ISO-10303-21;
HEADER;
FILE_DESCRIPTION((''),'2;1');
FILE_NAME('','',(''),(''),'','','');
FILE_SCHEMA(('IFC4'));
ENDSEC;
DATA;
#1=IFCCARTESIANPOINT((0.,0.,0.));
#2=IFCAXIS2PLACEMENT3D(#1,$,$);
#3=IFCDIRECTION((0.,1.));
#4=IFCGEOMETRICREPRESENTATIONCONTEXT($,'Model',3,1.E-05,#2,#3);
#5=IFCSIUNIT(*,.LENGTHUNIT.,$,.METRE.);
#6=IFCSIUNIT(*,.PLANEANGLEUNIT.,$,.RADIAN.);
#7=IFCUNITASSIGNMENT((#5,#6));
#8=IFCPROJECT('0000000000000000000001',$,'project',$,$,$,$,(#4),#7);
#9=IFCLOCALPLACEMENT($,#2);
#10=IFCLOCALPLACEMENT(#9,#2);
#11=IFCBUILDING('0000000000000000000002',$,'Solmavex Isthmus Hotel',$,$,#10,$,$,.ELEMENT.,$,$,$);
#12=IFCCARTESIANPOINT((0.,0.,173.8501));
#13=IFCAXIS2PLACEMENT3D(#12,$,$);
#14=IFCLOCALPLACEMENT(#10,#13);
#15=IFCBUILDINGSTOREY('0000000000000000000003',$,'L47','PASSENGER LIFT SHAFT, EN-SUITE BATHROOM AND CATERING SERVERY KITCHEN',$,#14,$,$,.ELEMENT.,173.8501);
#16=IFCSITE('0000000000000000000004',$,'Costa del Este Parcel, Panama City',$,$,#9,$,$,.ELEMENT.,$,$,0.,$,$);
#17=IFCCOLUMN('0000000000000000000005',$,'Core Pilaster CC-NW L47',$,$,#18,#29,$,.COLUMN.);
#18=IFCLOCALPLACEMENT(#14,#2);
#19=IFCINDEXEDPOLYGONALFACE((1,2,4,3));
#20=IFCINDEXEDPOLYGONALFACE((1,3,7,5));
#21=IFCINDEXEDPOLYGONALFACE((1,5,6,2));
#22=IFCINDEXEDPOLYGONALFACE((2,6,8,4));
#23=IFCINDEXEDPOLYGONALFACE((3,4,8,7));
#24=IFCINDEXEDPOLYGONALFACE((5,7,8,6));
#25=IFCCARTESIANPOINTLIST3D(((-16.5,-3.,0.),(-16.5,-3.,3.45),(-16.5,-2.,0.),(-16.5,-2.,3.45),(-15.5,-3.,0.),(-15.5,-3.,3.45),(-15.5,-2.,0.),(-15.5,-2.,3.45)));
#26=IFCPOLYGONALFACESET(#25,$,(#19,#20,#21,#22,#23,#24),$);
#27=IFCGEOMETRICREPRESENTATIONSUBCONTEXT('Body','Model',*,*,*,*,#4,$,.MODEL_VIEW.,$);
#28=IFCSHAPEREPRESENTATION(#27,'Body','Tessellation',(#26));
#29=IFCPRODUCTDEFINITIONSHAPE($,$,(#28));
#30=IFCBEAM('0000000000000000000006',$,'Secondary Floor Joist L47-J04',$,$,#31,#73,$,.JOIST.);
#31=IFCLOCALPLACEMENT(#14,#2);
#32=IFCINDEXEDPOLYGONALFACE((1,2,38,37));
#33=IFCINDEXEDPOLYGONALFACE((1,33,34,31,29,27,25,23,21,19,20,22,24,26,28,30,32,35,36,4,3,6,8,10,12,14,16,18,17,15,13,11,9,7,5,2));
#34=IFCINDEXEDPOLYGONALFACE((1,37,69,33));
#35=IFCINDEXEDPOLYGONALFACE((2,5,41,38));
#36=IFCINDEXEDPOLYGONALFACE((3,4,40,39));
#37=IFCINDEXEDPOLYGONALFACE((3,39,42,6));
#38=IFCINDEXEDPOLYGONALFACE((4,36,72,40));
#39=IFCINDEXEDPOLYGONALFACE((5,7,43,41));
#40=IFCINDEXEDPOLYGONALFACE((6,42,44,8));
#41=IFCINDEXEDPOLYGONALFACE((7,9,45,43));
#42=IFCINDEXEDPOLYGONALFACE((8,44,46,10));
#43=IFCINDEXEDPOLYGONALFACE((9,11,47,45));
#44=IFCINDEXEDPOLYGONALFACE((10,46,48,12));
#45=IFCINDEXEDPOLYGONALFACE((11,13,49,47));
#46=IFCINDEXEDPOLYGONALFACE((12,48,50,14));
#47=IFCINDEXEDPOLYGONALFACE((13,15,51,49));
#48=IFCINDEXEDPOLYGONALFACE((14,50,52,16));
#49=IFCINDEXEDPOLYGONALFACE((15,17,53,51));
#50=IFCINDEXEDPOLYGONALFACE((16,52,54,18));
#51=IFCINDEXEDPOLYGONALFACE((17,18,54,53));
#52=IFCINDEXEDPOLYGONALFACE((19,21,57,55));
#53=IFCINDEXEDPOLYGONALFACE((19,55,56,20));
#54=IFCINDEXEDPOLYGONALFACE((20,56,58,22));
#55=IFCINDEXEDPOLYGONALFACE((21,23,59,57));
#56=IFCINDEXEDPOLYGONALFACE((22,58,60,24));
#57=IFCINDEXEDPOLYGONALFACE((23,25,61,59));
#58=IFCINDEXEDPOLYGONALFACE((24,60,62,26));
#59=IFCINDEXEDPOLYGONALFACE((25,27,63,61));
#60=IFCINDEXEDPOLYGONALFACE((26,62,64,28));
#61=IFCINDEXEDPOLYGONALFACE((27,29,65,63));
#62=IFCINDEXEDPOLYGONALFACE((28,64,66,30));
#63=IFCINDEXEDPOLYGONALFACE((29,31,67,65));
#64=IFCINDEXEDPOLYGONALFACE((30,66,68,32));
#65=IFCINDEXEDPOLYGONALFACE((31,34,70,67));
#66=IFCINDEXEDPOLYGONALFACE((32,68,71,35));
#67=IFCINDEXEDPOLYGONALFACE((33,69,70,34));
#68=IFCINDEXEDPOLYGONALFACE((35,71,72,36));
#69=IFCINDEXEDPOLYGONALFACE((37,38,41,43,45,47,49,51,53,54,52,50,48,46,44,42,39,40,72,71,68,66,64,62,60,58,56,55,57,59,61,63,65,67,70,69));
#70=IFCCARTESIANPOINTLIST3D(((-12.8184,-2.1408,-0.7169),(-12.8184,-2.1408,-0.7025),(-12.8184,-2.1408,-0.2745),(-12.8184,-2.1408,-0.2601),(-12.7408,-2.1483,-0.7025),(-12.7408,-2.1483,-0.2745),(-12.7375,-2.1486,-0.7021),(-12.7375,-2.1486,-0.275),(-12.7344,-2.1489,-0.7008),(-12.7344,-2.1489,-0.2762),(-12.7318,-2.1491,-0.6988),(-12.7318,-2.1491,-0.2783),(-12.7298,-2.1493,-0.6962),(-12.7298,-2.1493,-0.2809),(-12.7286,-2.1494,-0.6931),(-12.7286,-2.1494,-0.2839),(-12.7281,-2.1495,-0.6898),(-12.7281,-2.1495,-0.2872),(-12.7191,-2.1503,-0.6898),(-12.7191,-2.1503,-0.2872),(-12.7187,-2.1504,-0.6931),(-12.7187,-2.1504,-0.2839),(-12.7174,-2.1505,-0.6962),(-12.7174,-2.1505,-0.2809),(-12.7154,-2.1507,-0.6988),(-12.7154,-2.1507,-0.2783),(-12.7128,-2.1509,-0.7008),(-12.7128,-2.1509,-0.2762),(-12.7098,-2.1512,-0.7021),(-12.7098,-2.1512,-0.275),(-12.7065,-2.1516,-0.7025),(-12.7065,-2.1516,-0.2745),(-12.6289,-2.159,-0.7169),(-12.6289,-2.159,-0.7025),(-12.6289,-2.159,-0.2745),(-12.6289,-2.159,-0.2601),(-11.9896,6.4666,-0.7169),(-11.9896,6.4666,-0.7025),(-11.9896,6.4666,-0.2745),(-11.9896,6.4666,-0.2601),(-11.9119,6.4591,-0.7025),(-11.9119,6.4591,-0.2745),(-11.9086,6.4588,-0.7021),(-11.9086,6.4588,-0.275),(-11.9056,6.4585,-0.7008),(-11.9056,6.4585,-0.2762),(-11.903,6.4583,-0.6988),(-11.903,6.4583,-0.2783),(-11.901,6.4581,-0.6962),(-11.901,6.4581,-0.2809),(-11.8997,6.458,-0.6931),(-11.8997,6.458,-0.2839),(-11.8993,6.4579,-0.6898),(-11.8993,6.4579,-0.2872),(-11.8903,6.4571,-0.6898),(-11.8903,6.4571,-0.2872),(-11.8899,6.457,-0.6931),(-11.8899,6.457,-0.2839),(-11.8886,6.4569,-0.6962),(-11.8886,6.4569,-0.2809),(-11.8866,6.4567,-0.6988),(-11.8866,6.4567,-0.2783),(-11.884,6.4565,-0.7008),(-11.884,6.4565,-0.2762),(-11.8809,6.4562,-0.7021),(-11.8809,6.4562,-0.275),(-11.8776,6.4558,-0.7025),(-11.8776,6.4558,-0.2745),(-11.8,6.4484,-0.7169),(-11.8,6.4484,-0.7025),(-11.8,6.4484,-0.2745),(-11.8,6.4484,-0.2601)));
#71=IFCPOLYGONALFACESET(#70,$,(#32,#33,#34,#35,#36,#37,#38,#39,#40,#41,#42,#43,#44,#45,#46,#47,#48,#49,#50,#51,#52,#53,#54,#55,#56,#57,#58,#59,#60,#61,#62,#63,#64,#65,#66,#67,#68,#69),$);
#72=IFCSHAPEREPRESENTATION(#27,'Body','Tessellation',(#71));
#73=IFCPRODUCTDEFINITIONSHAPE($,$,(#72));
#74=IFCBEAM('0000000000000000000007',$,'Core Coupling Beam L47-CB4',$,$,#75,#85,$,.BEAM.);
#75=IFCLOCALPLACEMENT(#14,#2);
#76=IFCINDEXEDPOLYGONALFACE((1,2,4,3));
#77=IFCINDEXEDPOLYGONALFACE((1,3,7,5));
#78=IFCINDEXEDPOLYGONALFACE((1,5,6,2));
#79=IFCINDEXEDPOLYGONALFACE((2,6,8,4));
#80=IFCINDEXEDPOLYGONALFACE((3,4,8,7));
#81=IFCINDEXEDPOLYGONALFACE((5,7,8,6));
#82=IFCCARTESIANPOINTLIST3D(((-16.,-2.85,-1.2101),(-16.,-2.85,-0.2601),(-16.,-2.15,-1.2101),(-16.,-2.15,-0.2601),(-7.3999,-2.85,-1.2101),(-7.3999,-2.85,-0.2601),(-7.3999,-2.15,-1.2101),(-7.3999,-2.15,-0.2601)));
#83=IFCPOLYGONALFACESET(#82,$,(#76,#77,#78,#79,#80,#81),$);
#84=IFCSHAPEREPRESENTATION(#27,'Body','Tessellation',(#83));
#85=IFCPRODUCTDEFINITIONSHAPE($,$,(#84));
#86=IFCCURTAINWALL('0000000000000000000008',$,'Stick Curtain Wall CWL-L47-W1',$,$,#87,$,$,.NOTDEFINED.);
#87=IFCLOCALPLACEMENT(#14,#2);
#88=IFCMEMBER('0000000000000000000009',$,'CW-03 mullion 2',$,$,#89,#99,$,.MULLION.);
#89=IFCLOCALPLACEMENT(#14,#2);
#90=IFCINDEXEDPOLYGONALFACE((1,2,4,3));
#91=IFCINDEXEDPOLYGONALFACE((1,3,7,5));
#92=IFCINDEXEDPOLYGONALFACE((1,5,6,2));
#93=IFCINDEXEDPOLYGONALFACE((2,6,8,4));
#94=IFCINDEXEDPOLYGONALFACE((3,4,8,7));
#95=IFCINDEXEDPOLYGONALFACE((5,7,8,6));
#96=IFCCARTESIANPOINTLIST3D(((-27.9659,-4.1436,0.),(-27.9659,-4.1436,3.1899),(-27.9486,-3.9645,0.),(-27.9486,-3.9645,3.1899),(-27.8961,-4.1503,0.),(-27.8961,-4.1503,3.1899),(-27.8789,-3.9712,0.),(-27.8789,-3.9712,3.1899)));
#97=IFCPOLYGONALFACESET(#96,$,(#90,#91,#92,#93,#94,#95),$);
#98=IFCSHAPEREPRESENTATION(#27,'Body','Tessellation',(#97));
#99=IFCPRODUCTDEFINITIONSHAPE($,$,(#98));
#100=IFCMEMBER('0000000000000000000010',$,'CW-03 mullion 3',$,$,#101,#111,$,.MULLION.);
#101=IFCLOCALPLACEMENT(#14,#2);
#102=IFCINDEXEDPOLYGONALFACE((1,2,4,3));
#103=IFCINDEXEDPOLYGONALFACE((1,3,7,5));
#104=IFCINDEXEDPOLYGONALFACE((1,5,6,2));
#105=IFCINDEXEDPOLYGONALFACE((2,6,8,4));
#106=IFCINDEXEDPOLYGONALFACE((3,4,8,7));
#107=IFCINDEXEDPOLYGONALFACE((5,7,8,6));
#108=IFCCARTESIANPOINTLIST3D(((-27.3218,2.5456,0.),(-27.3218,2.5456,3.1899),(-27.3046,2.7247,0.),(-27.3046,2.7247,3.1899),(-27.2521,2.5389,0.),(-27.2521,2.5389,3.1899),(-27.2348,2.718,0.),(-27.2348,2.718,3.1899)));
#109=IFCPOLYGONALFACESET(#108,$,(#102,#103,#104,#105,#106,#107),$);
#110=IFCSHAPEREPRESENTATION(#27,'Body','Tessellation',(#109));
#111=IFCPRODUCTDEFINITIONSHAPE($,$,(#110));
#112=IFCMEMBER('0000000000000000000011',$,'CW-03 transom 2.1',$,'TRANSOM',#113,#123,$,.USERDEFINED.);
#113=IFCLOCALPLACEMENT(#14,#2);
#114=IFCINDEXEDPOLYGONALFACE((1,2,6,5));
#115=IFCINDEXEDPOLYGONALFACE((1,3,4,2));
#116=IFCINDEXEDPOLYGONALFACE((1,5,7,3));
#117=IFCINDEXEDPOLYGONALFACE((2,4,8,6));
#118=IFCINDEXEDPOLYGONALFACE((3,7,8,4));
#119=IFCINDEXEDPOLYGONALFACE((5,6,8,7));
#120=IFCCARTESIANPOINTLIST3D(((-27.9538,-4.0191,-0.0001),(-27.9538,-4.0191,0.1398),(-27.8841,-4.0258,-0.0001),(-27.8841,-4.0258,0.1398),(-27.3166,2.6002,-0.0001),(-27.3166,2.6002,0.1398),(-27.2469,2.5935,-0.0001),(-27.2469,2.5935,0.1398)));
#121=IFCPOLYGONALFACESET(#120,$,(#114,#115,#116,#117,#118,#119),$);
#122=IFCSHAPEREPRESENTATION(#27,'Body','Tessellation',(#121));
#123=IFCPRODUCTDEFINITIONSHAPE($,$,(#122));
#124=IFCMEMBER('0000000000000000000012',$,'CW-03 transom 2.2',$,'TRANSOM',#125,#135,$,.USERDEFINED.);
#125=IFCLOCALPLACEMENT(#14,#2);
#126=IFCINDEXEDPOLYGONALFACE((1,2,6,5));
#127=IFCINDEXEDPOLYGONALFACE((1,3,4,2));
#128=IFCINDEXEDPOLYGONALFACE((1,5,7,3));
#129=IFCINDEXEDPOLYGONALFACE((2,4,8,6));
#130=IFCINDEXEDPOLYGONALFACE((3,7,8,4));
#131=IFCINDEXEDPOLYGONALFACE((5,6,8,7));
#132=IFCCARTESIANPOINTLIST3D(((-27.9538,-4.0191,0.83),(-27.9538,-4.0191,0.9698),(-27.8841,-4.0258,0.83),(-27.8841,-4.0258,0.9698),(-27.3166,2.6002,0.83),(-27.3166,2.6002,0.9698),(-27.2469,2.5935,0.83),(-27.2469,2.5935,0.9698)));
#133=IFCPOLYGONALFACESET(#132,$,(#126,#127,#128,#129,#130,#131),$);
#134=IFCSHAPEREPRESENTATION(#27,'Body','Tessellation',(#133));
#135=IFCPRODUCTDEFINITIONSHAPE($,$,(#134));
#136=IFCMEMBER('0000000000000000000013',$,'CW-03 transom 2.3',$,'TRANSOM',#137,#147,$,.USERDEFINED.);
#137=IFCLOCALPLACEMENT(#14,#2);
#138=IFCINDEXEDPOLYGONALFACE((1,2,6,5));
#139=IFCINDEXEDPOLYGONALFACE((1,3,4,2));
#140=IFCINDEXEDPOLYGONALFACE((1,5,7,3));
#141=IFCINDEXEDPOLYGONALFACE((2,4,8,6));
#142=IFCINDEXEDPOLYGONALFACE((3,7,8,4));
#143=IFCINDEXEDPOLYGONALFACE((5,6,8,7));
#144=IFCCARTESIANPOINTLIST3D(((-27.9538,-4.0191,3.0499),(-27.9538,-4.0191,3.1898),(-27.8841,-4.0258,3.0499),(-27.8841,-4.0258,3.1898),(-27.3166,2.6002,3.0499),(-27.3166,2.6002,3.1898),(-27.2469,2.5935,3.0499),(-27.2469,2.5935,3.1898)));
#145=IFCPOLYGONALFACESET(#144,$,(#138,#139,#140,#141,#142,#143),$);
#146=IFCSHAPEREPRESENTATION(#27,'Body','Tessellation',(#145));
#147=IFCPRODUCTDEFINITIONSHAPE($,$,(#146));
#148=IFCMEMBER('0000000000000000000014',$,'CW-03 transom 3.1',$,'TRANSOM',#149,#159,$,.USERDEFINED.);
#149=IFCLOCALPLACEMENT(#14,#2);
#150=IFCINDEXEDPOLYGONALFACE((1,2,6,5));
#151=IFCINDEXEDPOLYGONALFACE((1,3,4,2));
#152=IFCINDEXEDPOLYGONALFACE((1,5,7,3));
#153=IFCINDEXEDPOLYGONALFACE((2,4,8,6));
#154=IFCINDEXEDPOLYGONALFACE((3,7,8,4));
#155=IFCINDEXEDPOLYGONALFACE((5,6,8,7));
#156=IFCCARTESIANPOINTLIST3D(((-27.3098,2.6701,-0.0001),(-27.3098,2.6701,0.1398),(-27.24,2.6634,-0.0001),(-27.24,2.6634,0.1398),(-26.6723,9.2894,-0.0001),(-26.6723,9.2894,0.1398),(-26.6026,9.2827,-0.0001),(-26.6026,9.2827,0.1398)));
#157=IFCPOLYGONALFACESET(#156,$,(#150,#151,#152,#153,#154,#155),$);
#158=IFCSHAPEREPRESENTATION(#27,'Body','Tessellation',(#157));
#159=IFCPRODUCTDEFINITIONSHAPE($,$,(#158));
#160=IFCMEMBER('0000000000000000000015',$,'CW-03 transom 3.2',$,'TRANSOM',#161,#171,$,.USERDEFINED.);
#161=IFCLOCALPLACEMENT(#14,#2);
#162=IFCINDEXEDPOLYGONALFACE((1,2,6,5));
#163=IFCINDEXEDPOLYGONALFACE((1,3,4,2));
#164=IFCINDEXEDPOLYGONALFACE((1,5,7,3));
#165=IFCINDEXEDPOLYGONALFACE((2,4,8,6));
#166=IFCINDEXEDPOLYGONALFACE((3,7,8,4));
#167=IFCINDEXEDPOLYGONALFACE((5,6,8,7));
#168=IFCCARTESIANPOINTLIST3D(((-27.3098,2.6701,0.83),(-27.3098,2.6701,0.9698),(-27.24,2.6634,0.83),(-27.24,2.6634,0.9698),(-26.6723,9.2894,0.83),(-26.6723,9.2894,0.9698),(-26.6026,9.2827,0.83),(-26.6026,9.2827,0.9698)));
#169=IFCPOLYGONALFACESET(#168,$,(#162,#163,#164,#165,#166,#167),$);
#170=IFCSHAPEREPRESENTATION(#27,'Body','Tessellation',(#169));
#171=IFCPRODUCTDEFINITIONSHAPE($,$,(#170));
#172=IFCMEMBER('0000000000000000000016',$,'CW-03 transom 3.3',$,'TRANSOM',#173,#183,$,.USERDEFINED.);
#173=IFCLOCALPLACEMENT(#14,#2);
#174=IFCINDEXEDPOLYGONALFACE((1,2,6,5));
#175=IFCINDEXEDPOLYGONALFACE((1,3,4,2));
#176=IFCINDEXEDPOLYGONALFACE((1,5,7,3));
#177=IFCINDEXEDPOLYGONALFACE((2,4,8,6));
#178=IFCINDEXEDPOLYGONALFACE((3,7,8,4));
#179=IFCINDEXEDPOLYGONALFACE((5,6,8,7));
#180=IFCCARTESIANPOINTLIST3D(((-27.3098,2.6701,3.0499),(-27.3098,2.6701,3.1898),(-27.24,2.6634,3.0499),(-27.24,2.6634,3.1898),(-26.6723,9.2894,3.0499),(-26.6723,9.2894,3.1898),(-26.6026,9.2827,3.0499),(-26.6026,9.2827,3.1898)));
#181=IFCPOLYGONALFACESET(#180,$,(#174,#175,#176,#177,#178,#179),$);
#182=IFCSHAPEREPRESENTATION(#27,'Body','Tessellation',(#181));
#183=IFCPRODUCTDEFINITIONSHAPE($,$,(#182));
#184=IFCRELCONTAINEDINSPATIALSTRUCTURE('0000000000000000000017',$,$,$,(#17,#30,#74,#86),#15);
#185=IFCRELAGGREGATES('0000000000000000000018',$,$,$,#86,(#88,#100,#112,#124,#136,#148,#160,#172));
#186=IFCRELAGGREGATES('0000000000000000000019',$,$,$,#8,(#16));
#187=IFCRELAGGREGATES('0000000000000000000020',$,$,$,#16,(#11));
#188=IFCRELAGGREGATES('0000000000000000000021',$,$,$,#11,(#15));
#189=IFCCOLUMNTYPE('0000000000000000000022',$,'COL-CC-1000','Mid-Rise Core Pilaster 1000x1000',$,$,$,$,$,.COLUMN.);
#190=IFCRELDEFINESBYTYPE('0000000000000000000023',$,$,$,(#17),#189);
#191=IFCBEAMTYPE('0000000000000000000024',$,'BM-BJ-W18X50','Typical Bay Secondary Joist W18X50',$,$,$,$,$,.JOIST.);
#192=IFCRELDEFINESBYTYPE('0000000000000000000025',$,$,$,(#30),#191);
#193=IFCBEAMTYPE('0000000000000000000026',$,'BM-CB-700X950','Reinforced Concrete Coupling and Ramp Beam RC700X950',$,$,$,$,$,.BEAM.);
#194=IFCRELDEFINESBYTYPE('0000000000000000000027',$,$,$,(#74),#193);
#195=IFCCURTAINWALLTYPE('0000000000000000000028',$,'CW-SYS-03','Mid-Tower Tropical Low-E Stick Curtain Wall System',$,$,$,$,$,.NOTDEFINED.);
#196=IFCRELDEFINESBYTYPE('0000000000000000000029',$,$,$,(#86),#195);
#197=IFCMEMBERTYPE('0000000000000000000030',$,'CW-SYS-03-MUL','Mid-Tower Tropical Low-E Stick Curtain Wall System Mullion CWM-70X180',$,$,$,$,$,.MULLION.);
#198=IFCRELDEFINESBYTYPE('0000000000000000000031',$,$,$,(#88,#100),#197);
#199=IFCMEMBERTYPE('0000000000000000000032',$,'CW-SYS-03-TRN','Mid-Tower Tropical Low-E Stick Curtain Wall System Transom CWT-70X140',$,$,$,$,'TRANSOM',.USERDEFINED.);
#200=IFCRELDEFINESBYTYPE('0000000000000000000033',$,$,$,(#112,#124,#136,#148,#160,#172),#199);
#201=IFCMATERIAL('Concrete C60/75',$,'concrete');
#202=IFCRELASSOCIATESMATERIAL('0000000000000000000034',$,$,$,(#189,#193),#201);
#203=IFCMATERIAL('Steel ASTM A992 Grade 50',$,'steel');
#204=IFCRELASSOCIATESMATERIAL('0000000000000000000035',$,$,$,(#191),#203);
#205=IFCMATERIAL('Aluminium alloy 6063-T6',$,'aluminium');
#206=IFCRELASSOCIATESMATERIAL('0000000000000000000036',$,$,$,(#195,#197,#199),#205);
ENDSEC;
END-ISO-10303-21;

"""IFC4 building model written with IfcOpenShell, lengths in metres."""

from ifc_helpers import new_model, si_unit, direction, frame, origin, origin_2d, place, context, subcontext, project, spatial, rectangle, i_section, extrude, material, material_profile, profile_set, type_object, element, aggregate, save


model = new_model("IFC4")

# Units and contexts
model_context = context("Model", 3, precision=1e-05, world=origin(), true_north=direction((0.0, 1.0)))
body_context = subcontext(model_context, "Body", "Model", "MODEL_VIEW")
ifc_project = project(units=[si_unit("LENGTHUNIT", "METRE"), si_unit("PLANEANGLEUNIT", "RADIAN")], contexts=[model_context])

# Site, building, storey
site_placement = place(None, origin())
site = spatial("IfcSite", under=ifc_project, at=site_placement, Name="Costa del Este Parcel, Panama City", CompositionType="ELEMENT", RefElevation=0.0)
building_placement = place(site_placement, origin())
building = spatial("IfcBuilding", under=site, at=building_placement, Name="Solmavex Isthmus Hotel", CompositionType="ELEMENT")
storey_placement = place(building_placement, frame((0.0, 0.0, 173.8501)))
storey = spatial("IfcBuildingStorey", under=building, at=storey_placement, Name="L47", Description="PASSENGER LIFT SHAFT, EN-SUITE BATHROOM AND CATERING SERVERY KITCHEN", CompositionType="ELEMENT", Elevation=173.8501)

# Column
ifc_material_1 = material(Name="Concrete C60/75", Category="concrete")
ifc_material_profile_1 = material_profile(ifc_material_1, rectangle(XDim=1.0, YDim=1.0, at=origin_2d()), Name="RC1000X1000")
ifc_profile_set_1 = profile_set([ifc_material_profile_1], Name="Concrete C60/75")
column_type = type_object("IfcColumnType", Name="COL-CC-1000", Description="Mid-Rise Core Pilaster 1000x1000", PredefinedType="COLUMN", material=ifc_profile_set_1)
column_placement = place(storey_placement, frame((-16.0, -2.5, 0.0), z_axis=(0.0, 0.0, 1.0), x_axis=(1.0, 0.0, 0.0)))
element("IfcColumn", 1, at=column_placement, inside=storey, type_object=column_type, Name="Core Pilaster CC-NW L47", PredefinedType="COLUMN", context=body_context, shape_type="SweptSolid", body=[
    extrude(rectangle(XDim=1.0, YDim=1.0, at=origin_2d()), origin(), (0.0, 0.0, 1.0), 3.45),
])

# Beams
ifc_material_2 = material(Name="Steel ASTM A992 Grade 50", Category="steel")
ifc_material_profile_2 = material_profile(ifc_material_2, i_section(OverallWidth=0.1904, OverallDepth=0.4568, WebThickness=0.009, FlangeThickness=0.0144, FilletRadius=0.0127, at=origin_2d()), Name="W18X50")
ifc_profile_set_2 = profile_set([ifc_material_profile_2], Name="Steel ASTM A992 Grade 50")
beam_type_1 = type_object("IfcBeamType", Name="BM-BJ-W18X50", Description="Typical Bay Secondary Joist W18X50", PredefinedType="JOIST", material=ifc_profile_set_2)
beam_1_placement = place(storey_placement, frame((-12.7236, -2.1499, -0.4885), z_axis=(0.095852, 0.995396, 0.0), x_axis=(-0.995396, 0.095852, 0.0)))
element("IfcBeam", 2, at=beam_1_placement, inside=storey, type_object=beam_type_1, Name="Secondary Floor Joist L47-J04", PredefinedType="JOIST", context=body_context, shape_type="SweptSolid", body=[
    extrude(i_section(OverallWidth=0.1904, OverallDepth=0.4568, WebThickness=0.009, FlangeThickness=0.0144, FilletRadius=0.0127, at=origin_2d()), origin(), (0.0, 0.0, 1.0), 8.6472),
])
ifc_material_profile_3 = material_profile(ifc_material_1, rectangle(XDim=0.7, YDim=0.95, at=origin_2d()), Name="RC700X950")
ifc_profile_set_3 = profile_set([ifc_material_profile_3], Name="Concrete C60/75")
beam_type_2 = type_object("IfcBeamType", Name="BM-CB-700X950", Description="Reinforced Concrete Coupling and Ramp Beam RC700X950", PredefinedType="BEAM", material=ifc_profile_set_3)
beam_2_placement = place(storey_placement, frame((-16.0, -2.5, -0.7351), z_axis=(1.0, 0.0, 0.0), x_axis=(0.0, 1.0, 0.0)))
element("IfcBeam", 3, at=beam_2_placement, inside=storey, type_object=beam_type_2, Name="Core Coupling Beam L47-CB4", PredefinedType="BEAM", context=body_context, shape_type="SweptSolid", body=[
    extrude(rectangle(XDim=0.7, YDim=0.95, at=origin_2d()), origin(), (0.0, 0.0, 1.0), 8.6001),
])

# Curtain wall, members
ifc_material_3 = material(Name="Aluminium alloy 6063-T6", Category="aluminium")
curtain_wall_type = type_object("IfcCurtainWallType", Name="CW-SYS-03", Description="Mid-Tower Tropical Low-E Stick Curtain Wall System", PredefinedType="NOTDEFINED", material=ifc_material_3)
curtain_wall_placement = place(storey_placement, origin())
curtain_wall = element("IfcCurtainWall", 4, at=curtain_wall_placement, inside=storey, type_object=curtain_wall_type, Name="Stick Curtain Wall CWL-L47-W1", PredefinedType="NOTDEFINED")
ifc_material_profile_4 = material_profile(ifc_material_3, rectangle(XDim=0.0701, YDim=0.1799, at=origin_2d()), Name="CWM-70X180")
ifc_profile_set_4 = profile_set([ifc_material_profile_4], Name="Aluminium alloy 6063-T6")
member_type_1 = type_object("IfcMemberType", Name="CW-SYS-03-MUL", Description="Mid-Tower Tropical Low-E Stick Curtain Wall System Mullion CWM-70X180", PredefinedType="MULLION", material=ifc_profile_set_4)
member_1_placement = place(storey_placement, frame((-27.9224, -4.0574, 0.0), z_axis=(0.0, 0.0, 1.0), x_axis=(-0.995396, 0.095846, 0.0)))
member_1 = element("IfcMember", 5, at=member_1_placement, type_object=member_type_1, Name="CW-03 mullion 2", PredefinedType="MULLION", context=body_context, shape_type="SweptSolid", body=[
    extrude(rectangle(XDim=0.0701, YDim=0.1799, at=origin_2d()), origin(), (0.0, 0.0, 1.0), 3.1899),
])
member_2_placement = place(storey_placement, frame((-27.2783, 2.6318, 0.0), z_axis=(0.0, 0.0, 1.0), x_axis=(-0.995396, 0.095846, 0.0)))
member_2 = element("IfcMember", 6, at=member_2_placement, type_object=member_type_1, Name="CW-03 mullion 3", PredefinedType="MULLION", context=body_context, shape_type="SweptSolid", body=[
    extrude(rectangle(XDim=0.0701, YDim=0.1799, at=origin_2d()), origin(), (0.0, 0.0, 1.0), 3.1899),
])
ifc_material_profile_5 = material_profile(ifc_material_3, rectangle(XDim=0.0701, YDim=0.1399, at=origin_2d()), Name="CWT-70X140")
ifc_profile_set_5 = profile_set([ifc_material_profile_5], Name="Aluminium alloy 6063-T6")
member_type_2 = type_object("IfcMemberType", Name="CW-SYS-03-TRN", Description="Mid-Tower Tropical Low-E Stick Curtain Wall System Transom CWT-70X140", ElementType="TRANSOM", PredefinedType="USERDEFINED", material=ifc_profile_set_5)
member_3_placement = place(storey_placement, frame((-27.9189, -4.0225, 0.0698), z_axis=(0.095821, 0.995399, 0.0), x_axis=(-0.995399, 0.095821, 0.0)))
member_3 = element("IfcMember", 7, at=member_3_placement, type_object=member_type_2, Name="CW-03 transom 2.1", ObjectType="TRANSOM", PredefinedType="USERDEFINED", context=body_context, shape_type="SweptSolid", body=[
    extrude(rectangle(XDim=0.0701, YDim=0.1399, at=origin_2d()), origin(), (0.0, 0.0, 1.0), 6.6499),
])
member_4_placement = place(storey_placement, frame((-27.9189, -4.0225, 0.8999), z_axis=(0.095821, 0.995399, 0.0), x_axis=(-0.995399, 0.095821, 0.0)))
member_4 = element("IfcMember", 8, at=member_4_placement, type_object=member_type_2, Name="CW-03 transom 2.2", ObjectType="TRANSOM", PredefinedType="USERDEFINED", context=body_context, shape_type="SweptSolid", body=[
    extrude(rectangle(XDim=0.0701, YDim=0.1399, at=origin_2d()), origin(), (0.0, 0.0, 1.0), 6.6499),
])
member_5_placement = place(storey_placement, frame((-27.9189, -4.0225, 3.1199), z_axis=(0.095821, 0.995399, 0.0), x_axis=(-0.995399, 0.095821, 0.0)))
member_5 = element("IfcMember", 9, at=member_5_placement, type_object=member_type_2, Name="CW-03 transom 2.3", ObjectType="TRANSOM", PredefinedType="USERDEFINED", context=body_context, shape_type="SweptSolid", body=[
    extrude(rectangle(XDim=0.0701, YDim=0.1399, at=origin_2d()), origin(), (0.0, 0.0, 1.0), 6.6499),
])
member_6_placement = place(storey_placement, frame((-27.2749, 2.6667, 0.0698), z_axis=(0.095857, 0.995395, 0.0), x_axis=(-0.995395, 0.095857, 0.0)))
member_6 = element("IfcMember", 10, at=member_6_placement, type_object=member_type_2, Name="CW-03 transom 3.1", ObjectType="TRANSOM", PredefinedType="USERDEFINED", context=body_context, shape_type="SweptSolid", body=[
    extrude(rectangle(XDim=0.0701, YDim=0.1399, at=origin_2d()), origin(), (0.0, 0.0, 1.0), 6.6499),
])
member_7_placement = place(storey_placement, frame((-27.2749, 2.6667, 0.8999), z_axis=(0.095857, 0.995395, 0.0), x_axis=(-0.995395, 0.095857, 0.0)))
member_7 = element("IfcMember", 11, at=member_7_placement, type_object=member_type_2, Name="CW-03 transom 3.2", ObjectType="TRANSOM", PredefinedType="USERDEFINED", context=body_context, shape_type="SweptSolid", body=[
    extrude(rectangle(XDim=0.0701, YDim=0.1399, at=origin_2d()), origin(), (0.0, 0.0, 1.0), 6.6499),
])
member_8_placement = place(storey_placement, frame((-27.2749, 2.6667, 3.1199), z_axis=(0.095857, 0.995395, 0.0), x_axis=(-0.995395, 0.095857, 0.0)))
member_8 = element("IfcMember", 12, at=member_8_placement, type_object=member_type_2, Name="CW-03 transom 3.3", ObjectType="TRANSOM", PredefinedType="USERDEFINED", context=body_context, shape_type="SweptSolid", body=[
    extrude(rectangle(XDim=0.0701, YDim=0.1399, at=origin_2d()), origin(), (0.0, 0.0, 1.0), 6.6499),
])
aggregate(curtain_wall, [member_1, member_2, member_3, member_4, member_5, member_6, member_7, member_8])

save(model, "model.ifc")
